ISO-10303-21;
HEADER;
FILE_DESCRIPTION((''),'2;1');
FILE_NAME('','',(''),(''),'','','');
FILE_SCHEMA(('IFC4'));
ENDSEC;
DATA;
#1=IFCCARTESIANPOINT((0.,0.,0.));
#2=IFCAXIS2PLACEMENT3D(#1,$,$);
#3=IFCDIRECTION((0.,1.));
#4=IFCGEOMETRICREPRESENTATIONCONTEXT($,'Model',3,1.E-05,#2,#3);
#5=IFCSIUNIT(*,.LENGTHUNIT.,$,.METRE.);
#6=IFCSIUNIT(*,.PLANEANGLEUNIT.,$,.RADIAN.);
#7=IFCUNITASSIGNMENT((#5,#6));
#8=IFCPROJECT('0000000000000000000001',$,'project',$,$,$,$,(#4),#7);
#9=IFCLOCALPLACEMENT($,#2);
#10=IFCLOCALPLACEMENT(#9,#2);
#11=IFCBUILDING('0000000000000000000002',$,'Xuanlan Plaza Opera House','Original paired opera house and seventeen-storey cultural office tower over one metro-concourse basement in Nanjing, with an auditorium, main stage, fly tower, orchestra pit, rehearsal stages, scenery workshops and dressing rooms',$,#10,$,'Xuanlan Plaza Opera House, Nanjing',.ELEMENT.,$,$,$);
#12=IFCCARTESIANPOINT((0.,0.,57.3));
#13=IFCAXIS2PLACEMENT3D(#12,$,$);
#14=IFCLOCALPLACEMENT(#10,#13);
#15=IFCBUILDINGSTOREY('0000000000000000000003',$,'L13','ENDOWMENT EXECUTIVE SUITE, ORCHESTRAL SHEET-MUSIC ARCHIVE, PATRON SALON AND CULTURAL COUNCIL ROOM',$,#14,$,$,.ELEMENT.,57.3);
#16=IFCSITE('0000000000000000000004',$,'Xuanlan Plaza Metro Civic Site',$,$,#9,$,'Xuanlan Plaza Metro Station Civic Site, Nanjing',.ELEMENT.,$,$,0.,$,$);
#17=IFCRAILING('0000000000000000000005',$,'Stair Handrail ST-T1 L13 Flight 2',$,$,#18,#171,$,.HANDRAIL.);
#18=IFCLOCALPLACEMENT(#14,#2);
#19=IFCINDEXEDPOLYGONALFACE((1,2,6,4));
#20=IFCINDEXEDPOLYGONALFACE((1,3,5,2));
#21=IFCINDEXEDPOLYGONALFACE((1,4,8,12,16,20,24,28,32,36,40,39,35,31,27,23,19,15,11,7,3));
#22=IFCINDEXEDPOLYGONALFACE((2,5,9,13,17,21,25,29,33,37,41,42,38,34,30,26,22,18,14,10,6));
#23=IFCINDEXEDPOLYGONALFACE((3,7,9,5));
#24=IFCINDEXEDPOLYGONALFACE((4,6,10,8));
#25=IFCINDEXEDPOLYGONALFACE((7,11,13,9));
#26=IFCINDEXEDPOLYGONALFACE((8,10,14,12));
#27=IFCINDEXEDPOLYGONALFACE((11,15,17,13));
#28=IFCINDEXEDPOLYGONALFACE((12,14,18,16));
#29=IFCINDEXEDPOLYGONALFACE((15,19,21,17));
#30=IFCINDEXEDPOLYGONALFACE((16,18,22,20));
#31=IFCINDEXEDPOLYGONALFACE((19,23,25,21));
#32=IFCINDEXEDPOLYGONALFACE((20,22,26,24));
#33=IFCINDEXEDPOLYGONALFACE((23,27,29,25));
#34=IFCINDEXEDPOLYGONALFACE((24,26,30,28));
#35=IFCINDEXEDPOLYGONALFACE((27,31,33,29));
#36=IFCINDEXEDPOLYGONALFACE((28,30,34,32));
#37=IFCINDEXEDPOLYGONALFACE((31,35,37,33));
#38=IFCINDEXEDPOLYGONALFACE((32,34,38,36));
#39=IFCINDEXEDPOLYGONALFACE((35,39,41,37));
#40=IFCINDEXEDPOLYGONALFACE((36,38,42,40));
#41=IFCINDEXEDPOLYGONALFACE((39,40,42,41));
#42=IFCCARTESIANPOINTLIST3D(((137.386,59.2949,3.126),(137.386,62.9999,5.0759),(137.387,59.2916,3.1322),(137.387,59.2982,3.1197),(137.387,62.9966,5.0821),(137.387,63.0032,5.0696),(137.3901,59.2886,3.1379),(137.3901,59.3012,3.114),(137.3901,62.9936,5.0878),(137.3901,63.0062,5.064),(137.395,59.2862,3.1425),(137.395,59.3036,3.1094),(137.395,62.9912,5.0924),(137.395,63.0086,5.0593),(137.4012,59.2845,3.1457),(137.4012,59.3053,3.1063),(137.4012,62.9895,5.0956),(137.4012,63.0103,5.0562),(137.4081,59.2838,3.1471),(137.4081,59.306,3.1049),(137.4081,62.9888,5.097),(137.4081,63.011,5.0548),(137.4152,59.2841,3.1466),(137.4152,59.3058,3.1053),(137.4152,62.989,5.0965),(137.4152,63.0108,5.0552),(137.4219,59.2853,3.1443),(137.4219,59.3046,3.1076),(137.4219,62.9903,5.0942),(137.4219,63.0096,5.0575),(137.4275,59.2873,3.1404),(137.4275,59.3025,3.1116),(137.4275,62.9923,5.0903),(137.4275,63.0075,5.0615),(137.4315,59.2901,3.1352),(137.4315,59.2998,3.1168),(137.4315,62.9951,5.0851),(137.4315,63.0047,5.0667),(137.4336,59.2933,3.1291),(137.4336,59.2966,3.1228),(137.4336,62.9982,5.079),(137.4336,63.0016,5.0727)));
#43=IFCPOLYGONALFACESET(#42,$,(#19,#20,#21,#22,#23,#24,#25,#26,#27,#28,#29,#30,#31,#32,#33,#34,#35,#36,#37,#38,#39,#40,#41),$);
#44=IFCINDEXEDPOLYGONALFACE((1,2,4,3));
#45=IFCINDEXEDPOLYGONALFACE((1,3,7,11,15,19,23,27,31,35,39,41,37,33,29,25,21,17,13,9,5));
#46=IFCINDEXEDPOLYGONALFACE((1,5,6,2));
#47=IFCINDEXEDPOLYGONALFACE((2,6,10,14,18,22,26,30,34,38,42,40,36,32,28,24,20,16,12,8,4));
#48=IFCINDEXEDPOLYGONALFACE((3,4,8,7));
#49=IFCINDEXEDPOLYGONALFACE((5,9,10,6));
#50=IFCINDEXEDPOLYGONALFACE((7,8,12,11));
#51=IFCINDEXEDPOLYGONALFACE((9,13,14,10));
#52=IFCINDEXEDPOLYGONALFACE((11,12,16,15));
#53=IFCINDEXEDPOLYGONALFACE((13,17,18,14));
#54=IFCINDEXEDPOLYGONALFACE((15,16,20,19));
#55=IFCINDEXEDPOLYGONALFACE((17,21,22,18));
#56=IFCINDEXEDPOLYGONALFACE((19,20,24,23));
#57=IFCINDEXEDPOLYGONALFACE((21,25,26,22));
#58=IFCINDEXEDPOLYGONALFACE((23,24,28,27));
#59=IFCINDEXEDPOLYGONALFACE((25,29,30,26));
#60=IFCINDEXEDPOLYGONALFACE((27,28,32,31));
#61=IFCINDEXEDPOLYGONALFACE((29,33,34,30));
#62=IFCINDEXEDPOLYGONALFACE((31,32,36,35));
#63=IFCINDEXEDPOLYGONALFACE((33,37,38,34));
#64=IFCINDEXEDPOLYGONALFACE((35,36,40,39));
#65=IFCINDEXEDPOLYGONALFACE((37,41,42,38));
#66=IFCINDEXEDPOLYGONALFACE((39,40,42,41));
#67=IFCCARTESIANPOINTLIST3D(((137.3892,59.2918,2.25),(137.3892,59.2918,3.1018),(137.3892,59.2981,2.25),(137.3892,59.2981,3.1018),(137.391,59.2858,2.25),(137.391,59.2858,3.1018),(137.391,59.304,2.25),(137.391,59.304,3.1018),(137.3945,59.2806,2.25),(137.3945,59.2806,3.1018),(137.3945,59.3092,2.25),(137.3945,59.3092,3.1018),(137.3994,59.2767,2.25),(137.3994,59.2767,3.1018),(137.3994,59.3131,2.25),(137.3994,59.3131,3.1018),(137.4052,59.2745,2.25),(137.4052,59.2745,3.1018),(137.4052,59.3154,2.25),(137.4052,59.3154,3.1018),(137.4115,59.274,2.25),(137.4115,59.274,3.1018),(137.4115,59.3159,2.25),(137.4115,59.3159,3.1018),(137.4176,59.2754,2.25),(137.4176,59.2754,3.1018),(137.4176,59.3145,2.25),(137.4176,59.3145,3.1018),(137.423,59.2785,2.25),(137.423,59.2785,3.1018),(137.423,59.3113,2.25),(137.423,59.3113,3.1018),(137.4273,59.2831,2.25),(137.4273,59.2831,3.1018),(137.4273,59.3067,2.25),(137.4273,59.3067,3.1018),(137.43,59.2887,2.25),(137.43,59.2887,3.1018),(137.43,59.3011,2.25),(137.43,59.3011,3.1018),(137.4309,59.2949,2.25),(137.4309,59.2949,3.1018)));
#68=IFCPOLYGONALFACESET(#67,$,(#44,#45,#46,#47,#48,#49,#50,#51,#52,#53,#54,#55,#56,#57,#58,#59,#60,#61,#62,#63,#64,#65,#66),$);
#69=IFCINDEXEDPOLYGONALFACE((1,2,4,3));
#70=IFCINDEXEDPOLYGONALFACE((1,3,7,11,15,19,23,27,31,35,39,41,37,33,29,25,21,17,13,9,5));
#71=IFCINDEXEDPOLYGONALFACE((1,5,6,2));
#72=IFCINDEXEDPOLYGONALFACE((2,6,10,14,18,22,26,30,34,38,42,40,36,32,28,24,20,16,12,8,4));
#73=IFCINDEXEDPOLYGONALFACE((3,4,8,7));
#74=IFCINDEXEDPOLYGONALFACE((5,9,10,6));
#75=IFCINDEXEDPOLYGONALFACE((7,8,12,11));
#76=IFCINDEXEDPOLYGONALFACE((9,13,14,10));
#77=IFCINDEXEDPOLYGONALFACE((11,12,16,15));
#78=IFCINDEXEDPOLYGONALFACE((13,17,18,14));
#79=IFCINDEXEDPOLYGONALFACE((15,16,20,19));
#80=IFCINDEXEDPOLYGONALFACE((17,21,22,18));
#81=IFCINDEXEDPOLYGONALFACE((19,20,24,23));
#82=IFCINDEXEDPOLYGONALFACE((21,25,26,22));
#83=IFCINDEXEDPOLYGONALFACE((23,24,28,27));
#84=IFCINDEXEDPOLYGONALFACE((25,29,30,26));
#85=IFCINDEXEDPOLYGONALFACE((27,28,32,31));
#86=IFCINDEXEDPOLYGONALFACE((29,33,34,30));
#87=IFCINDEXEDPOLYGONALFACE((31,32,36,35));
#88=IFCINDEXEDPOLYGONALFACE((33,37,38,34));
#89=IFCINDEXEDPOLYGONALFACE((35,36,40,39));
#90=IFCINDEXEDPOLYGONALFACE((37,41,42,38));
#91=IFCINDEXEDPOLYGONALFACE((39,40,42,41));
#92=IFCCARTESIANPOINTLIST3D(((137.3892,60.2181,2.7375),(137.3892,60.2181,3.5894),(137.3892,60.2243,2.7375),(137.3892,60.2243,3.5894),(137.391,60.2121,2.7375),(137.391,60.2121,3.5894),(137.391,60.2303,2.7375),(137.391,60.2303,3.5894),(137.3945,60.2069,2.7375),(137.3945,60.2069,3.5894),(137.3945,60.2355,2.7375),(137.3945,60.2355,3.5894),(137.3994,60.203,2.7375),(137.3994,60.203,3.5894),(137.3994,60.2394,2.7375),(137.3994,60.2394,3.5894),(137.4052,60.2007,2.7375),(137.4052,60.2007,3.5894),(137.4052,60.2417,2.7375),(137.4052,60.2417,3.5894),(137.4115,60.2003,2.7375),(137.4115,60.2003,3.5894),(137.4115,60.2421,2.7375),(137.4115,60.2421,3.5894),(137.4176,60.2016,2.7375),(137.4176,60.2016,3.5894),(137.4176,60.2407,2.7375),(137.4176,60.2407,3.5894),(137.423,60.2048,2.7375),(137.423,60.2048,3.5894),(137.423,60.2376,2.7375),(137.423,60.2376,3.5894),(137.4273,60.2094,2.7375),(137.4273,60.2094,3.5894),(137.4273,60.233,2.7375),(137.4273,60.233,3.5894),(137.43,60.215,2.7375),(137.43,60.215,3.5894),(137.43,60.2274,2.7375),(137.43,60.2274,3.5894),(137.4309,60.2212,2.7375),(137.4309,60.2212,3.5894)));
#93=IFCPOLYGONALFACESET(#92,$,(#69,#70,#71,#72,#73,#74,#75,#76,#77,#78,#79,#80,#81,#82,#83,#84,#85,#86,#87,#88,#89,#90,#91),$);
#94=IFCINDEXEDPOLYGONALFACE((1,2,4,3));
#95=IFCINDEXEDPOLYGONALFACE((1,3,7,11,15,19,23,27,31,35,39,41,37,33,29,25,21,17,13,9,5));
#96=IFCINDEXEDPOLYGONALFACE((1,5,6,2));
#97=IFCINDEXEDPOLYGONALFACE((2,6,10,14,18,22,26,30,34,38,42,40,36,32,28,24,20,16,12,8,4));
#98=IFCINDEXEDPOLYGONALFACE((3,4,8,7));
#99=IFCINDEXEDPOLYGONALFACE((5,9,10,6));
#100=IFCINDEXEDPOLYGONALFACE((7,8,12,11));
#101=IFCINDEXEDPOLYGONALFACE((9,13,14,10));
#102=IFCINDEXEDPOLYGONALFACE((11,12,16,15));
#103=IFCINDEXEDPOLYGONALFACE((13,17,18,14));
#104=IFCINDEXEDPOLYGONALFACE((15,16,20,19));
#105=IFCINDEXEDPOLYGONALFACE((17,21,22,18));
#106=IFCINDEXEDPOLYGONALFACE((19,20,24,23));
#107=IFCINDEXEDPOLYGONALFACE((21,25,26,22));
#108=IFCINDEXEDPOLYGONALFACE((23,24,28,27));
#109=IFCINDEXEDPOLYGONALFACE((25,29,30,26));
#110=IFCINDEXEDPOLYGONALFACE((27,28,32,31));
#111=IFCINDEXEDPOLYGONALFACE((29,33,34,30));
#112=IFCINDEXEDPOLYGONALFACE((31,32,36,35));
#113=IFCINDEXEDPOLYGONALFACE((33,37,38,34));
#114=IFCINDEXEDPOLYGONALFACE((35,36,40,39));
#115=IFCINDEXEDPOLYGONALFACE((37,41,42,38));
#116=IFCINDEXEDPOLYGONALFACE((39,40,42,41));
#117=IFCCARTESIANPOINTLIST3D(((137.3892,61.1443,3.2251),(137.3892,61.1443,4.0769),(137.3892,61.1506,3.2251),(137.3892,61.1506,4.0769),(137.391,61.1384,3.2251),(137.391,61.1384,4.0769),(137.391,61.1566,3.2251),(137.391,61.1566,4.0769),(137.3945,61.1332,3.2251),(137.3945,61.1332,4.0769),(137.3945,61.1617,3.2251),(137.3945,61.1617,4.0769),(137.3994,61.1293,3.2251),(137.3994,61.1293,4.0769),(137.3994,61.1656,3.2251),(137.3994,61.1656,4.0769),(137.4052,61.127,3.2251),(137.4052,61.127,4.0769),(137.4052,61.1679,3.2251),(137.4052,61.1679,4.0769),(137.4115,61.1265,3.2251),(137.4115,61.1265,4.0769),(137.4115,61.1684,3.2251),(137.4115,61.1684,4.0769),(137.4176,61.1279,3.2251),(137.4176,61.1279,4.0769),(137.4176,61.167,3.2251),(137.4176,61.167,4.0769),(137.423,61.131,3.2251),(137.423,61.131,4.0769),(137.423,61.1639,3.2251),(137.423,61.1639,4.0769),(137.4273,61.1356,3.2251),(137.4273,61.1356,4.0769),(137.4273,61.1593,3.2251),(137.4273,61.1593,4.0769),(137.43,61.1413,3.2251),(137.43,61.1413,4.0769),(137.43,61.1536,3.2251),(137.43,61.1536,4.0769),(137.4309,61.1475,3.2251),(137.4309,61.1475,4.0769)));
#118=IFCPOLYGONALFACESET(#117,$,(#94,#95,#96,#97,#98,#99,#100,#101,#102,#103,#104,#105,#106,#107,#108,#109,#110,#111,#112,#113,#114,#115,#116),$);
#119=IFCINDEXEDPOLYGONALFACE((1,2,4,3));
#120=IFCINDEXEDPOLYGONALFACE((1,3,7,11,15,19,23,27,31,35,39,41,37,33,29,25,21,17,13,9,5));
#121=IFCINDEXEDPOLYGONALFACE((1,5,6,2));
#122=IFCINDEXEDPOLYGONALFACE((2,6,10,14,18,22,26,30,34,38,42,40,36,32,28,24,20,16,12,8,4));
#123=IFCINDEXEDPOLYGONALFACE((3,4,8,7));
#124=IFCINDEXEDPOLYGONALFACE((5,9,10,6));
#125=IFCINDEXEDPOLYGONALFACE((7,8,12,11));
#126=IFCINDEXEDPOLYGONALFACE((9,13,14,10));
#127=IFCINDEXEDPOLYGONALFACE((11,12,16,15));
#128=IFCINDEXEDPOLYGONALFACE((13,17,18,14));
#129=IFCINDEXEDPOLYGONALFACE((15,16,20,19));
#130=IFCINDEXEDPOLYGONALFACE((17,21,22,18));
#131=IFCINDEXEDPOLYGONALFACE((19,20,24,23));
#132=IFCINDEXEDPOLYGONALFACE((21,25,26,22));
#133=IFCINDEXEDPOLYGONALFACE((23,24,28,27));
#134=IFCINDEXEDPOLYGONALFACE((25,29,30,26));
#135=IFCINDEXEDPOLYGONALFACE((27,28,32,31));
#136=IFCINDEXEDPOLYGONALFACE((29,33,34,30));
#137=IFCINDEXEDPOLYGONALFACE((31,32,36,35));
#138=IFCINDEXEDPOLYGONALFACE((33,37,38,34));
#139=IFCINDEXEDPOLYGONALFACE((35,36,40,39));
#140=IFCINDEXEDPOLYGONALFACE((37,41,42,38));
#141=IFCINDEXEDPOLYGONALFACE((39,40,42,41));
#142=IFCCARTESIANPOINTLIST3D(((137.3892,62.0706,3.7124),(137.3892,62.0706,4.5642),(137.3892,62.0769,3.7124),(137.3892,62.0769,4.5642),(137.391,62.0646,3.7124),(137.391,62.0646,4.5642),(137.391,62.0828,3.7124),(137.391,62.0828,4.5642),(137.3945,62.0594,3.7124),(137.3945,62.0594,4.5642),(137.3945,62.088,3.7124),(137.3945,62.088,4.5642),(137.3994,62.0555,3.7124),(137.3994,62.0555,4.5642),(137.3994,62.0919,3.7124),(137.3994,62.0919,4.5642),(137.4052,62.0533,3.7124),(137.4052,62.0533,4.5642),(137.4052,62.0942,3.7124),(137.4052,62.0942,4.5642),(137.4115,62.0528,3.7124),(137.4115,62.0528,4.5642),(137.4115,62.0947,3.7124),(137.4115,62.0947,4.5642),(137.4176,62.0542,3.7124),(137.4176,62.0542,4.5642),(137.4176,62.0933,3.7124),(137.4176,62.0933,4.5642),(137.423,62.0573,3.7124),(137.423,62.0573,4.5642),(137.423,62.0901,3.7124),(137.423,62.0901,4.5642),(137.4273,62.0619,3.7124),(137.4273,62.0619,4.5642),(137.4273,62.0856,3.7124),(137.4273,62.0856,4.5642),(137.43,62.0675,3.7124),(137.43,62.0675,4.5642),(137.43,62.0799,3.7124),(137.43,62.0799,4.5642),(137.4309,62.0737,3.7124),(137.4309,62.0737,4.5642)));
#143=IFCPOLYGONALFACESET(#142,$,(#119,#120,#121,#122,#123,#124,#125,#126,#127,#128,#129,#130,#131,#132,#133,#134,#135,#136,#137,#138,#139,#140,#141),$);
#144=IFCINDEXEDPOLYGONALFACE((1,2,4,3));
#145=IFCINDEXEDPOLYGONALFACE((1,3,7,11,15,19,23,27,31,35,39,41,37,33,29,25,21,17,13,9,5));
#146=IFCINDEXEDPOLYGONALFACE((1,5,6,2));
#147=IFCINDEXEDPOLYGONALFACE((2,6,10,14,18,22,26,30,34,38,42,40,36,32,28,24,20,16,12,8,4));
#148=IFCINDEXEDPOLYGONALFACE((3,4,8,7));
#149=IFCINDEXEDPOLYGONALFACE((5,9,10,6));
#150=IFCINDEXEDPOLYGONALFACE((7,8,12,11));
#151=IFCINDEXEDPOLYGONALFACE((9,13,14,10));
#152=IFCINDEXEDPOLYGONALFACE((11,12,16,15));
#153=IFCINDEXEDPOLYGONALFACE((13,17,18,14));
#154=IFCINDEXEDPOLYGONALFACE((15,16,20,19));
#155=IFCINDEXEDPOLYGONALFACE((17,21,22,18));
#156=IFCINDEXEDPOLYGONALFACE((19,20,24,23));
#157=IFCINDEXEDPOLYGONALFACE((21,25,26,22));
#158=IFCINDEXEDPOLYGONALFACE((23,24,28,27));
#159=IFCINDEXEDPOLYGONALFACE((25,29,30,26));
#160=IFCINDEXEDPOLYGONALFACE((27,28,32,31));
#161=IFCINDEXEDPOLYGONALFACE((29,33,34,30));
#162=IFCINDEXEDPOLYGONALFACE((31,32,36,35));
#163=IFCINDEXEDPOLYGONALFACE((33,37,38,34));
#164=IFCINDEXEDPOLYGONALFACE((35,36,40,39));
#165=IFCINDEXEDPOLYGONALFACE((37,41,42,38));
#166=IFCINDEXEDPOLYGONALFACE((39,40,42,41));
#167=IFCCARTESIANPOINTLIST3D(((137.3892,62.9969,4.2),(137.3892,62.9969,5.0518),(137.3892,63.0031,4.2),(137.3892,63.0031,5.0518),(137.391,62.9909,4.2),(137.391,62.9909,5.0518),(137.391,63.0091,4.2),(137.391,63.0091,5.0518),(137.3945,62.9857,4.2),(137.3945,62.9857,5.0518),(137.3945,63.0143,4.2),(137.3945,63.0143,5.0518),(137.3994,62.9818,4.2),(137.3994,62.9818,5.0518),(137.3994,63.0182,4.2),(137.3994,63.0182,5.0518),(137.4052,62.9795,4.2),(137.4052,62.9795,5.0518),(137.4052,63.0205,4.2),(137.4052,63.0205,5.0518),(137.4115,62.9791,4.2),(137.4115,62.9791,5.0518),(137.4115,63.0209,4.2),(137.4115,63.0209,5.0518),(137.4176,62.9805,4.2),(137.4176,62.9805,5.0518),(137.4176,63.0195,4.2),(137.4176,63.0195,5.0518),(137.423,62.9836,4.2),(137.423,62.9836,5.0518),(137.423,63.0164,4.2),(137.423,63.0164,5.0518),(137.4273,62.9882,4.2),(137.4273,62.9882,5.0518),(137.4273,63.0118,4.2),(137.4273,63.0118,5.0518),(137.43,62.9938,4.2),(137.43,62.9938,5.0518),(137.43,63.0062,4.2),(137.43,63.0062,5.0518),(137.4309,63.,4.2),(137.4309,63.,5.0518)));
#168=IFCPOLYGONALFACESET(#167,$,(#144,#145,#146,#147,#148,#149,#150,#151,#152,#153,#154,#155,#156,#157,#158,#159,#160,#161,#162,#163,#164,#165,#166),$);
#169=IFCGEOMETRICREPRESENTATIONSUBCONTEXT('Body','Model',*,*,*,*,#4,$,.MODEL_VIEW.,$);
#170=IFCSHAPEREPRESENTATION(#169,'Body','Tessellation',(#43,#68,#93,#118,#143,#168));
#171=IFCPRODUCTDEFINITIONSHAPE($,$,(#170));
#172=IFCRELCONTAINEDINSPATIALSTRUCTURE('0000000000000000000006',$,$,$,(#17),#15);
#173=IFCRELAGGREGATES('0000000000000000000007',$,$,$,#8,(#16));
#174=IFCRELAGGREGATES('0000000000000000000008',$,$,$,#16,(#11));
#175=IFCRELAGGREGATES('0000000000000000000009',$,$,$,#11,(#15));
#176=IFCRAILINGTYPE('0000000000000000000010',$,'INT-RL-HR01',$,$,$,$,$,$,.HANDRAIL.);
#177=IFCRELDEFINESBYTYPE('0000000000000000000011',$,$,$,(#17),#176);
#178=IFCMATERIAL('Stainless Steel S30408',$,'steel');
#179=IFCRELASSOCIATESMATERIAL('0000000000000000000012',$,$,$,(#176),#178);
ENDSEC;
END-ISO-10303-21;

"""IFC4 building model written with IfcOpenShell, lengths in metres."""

from ifc_helpers import new_model, si_unit, direction, frame, origin, origin_2d, place, context, subcontext, project, spatial, circle, extrude, material, type_object, element, save


model = new_model("IFC4")

# Units and contexts
model_context = context("Model", 3, precision=1e-05, world=origin(), true_north=direction((0.0, 1.0)))
body_context = subcontext(model_context, "Body", "Model", "MODEL_VIEW")
ifc_project = project(units=[si_unit("LENGTHUNIT", "METRE"), si_unit("PLANEANGLEUNIT", "RADIAN")], contexts=[model_context])

# Site, building, storey
site_placement = place(None, origin())
site = spatial("IfcSite", under=ifc_project, at=site_placement, Name="Xuanlan Plaza Metro Civic Site", LongName="Xuanlan Plaza Metro Station Civic Site, Nanjing", CompositionType="ELEMENT", RefElevation=0.0)
building_placement = place(site_placement, origin())
building = spatial("IfcBuilding", under=site, at=building_placement, Name="Xuanlan Plaza Opera House", Description="Original paired opera house and seventeen-storey cultural office tower over one metro-concourse basement in Nanjing, with an auditorium, main stage, fly tower, orchestra pit, rehearsal stages, scenery workshops and dressing rooms", LongName="Xuanlan Plaza Opera House, Nanjing", CompositionType="ELEMENT")
storey_placement = place(building_placement, frame((0.0, 0.0, 57.3)))
storey = spatial("IfcBuildingStorey", under=building, at=storey_placement, Name="L13", Description="ENDOWMENT EXECUTIVE SUITE, ORCHESTRAL SHEET-MUSIC ARCHIVE, PATRON SALON AND CULTURAL COUNCIL ROOM", CompositionType="ELEMENT", Elevation=57.3)

# Railing
ifc_material_1 = material(Name="Stainless Steel S30408", Category="steel")
railing_type = type_object("IfcRailingType", Name="INT-RL-HR01", PredefinedType="HANDRAIL", material=ifc_material_1)
for number, where, name in (
    (1, (137.4099, 59.2949, 2.25), "Stair Handrail ST-T1 L13 Flight 2"),
):
    element("IfcRailing", number, at=place(storey_placement, frame(where)), inside=storey, type_object=railing_type, Name=name, PredefinedType="HANDRAIL", context=body_context, shape_type="SweptSolid", body=[
        extrude(circle(Radius=0.0239, at=origin_2d()), frame((0.0, 0.0, 0.876), z_axis=(0.0, 0.884927, 0.46573), x_axis=(-1.0, 0.0, 0.0)), (0.0, 0.0, 1.0), 4.1868),
        extrude(circle(Radius=0.021, at=origin_2d()), origin(), (0.0, 0.0, 1.0), 0.8518),
        extrude(circle(Radius=0.021, at=origin_2d()), frame((0.0, 0.9263, 0.4875)), (0.0, 0.0, 1.0), 0.8518),
        extrude(circle(Radius=0.021, at=origin_2d()), frame((0.0, 1.8525, 0.9751)), (0.0, 0.0, 1.0), 0.8518),
        extrude(circle(Radius=0.021, at=origin_2d()), frame((0.0, 2.7788, 1.4624)), (0.0, 0.0, 1.0), 0.8518),
        extrude(circle(Radius=0.021, at=origin_2d()), frame((0.0, 3.7051, 1.95)), (0.0, 0.0, 1.0), 0.8518),
    ])

save(model, "model.ifc")
